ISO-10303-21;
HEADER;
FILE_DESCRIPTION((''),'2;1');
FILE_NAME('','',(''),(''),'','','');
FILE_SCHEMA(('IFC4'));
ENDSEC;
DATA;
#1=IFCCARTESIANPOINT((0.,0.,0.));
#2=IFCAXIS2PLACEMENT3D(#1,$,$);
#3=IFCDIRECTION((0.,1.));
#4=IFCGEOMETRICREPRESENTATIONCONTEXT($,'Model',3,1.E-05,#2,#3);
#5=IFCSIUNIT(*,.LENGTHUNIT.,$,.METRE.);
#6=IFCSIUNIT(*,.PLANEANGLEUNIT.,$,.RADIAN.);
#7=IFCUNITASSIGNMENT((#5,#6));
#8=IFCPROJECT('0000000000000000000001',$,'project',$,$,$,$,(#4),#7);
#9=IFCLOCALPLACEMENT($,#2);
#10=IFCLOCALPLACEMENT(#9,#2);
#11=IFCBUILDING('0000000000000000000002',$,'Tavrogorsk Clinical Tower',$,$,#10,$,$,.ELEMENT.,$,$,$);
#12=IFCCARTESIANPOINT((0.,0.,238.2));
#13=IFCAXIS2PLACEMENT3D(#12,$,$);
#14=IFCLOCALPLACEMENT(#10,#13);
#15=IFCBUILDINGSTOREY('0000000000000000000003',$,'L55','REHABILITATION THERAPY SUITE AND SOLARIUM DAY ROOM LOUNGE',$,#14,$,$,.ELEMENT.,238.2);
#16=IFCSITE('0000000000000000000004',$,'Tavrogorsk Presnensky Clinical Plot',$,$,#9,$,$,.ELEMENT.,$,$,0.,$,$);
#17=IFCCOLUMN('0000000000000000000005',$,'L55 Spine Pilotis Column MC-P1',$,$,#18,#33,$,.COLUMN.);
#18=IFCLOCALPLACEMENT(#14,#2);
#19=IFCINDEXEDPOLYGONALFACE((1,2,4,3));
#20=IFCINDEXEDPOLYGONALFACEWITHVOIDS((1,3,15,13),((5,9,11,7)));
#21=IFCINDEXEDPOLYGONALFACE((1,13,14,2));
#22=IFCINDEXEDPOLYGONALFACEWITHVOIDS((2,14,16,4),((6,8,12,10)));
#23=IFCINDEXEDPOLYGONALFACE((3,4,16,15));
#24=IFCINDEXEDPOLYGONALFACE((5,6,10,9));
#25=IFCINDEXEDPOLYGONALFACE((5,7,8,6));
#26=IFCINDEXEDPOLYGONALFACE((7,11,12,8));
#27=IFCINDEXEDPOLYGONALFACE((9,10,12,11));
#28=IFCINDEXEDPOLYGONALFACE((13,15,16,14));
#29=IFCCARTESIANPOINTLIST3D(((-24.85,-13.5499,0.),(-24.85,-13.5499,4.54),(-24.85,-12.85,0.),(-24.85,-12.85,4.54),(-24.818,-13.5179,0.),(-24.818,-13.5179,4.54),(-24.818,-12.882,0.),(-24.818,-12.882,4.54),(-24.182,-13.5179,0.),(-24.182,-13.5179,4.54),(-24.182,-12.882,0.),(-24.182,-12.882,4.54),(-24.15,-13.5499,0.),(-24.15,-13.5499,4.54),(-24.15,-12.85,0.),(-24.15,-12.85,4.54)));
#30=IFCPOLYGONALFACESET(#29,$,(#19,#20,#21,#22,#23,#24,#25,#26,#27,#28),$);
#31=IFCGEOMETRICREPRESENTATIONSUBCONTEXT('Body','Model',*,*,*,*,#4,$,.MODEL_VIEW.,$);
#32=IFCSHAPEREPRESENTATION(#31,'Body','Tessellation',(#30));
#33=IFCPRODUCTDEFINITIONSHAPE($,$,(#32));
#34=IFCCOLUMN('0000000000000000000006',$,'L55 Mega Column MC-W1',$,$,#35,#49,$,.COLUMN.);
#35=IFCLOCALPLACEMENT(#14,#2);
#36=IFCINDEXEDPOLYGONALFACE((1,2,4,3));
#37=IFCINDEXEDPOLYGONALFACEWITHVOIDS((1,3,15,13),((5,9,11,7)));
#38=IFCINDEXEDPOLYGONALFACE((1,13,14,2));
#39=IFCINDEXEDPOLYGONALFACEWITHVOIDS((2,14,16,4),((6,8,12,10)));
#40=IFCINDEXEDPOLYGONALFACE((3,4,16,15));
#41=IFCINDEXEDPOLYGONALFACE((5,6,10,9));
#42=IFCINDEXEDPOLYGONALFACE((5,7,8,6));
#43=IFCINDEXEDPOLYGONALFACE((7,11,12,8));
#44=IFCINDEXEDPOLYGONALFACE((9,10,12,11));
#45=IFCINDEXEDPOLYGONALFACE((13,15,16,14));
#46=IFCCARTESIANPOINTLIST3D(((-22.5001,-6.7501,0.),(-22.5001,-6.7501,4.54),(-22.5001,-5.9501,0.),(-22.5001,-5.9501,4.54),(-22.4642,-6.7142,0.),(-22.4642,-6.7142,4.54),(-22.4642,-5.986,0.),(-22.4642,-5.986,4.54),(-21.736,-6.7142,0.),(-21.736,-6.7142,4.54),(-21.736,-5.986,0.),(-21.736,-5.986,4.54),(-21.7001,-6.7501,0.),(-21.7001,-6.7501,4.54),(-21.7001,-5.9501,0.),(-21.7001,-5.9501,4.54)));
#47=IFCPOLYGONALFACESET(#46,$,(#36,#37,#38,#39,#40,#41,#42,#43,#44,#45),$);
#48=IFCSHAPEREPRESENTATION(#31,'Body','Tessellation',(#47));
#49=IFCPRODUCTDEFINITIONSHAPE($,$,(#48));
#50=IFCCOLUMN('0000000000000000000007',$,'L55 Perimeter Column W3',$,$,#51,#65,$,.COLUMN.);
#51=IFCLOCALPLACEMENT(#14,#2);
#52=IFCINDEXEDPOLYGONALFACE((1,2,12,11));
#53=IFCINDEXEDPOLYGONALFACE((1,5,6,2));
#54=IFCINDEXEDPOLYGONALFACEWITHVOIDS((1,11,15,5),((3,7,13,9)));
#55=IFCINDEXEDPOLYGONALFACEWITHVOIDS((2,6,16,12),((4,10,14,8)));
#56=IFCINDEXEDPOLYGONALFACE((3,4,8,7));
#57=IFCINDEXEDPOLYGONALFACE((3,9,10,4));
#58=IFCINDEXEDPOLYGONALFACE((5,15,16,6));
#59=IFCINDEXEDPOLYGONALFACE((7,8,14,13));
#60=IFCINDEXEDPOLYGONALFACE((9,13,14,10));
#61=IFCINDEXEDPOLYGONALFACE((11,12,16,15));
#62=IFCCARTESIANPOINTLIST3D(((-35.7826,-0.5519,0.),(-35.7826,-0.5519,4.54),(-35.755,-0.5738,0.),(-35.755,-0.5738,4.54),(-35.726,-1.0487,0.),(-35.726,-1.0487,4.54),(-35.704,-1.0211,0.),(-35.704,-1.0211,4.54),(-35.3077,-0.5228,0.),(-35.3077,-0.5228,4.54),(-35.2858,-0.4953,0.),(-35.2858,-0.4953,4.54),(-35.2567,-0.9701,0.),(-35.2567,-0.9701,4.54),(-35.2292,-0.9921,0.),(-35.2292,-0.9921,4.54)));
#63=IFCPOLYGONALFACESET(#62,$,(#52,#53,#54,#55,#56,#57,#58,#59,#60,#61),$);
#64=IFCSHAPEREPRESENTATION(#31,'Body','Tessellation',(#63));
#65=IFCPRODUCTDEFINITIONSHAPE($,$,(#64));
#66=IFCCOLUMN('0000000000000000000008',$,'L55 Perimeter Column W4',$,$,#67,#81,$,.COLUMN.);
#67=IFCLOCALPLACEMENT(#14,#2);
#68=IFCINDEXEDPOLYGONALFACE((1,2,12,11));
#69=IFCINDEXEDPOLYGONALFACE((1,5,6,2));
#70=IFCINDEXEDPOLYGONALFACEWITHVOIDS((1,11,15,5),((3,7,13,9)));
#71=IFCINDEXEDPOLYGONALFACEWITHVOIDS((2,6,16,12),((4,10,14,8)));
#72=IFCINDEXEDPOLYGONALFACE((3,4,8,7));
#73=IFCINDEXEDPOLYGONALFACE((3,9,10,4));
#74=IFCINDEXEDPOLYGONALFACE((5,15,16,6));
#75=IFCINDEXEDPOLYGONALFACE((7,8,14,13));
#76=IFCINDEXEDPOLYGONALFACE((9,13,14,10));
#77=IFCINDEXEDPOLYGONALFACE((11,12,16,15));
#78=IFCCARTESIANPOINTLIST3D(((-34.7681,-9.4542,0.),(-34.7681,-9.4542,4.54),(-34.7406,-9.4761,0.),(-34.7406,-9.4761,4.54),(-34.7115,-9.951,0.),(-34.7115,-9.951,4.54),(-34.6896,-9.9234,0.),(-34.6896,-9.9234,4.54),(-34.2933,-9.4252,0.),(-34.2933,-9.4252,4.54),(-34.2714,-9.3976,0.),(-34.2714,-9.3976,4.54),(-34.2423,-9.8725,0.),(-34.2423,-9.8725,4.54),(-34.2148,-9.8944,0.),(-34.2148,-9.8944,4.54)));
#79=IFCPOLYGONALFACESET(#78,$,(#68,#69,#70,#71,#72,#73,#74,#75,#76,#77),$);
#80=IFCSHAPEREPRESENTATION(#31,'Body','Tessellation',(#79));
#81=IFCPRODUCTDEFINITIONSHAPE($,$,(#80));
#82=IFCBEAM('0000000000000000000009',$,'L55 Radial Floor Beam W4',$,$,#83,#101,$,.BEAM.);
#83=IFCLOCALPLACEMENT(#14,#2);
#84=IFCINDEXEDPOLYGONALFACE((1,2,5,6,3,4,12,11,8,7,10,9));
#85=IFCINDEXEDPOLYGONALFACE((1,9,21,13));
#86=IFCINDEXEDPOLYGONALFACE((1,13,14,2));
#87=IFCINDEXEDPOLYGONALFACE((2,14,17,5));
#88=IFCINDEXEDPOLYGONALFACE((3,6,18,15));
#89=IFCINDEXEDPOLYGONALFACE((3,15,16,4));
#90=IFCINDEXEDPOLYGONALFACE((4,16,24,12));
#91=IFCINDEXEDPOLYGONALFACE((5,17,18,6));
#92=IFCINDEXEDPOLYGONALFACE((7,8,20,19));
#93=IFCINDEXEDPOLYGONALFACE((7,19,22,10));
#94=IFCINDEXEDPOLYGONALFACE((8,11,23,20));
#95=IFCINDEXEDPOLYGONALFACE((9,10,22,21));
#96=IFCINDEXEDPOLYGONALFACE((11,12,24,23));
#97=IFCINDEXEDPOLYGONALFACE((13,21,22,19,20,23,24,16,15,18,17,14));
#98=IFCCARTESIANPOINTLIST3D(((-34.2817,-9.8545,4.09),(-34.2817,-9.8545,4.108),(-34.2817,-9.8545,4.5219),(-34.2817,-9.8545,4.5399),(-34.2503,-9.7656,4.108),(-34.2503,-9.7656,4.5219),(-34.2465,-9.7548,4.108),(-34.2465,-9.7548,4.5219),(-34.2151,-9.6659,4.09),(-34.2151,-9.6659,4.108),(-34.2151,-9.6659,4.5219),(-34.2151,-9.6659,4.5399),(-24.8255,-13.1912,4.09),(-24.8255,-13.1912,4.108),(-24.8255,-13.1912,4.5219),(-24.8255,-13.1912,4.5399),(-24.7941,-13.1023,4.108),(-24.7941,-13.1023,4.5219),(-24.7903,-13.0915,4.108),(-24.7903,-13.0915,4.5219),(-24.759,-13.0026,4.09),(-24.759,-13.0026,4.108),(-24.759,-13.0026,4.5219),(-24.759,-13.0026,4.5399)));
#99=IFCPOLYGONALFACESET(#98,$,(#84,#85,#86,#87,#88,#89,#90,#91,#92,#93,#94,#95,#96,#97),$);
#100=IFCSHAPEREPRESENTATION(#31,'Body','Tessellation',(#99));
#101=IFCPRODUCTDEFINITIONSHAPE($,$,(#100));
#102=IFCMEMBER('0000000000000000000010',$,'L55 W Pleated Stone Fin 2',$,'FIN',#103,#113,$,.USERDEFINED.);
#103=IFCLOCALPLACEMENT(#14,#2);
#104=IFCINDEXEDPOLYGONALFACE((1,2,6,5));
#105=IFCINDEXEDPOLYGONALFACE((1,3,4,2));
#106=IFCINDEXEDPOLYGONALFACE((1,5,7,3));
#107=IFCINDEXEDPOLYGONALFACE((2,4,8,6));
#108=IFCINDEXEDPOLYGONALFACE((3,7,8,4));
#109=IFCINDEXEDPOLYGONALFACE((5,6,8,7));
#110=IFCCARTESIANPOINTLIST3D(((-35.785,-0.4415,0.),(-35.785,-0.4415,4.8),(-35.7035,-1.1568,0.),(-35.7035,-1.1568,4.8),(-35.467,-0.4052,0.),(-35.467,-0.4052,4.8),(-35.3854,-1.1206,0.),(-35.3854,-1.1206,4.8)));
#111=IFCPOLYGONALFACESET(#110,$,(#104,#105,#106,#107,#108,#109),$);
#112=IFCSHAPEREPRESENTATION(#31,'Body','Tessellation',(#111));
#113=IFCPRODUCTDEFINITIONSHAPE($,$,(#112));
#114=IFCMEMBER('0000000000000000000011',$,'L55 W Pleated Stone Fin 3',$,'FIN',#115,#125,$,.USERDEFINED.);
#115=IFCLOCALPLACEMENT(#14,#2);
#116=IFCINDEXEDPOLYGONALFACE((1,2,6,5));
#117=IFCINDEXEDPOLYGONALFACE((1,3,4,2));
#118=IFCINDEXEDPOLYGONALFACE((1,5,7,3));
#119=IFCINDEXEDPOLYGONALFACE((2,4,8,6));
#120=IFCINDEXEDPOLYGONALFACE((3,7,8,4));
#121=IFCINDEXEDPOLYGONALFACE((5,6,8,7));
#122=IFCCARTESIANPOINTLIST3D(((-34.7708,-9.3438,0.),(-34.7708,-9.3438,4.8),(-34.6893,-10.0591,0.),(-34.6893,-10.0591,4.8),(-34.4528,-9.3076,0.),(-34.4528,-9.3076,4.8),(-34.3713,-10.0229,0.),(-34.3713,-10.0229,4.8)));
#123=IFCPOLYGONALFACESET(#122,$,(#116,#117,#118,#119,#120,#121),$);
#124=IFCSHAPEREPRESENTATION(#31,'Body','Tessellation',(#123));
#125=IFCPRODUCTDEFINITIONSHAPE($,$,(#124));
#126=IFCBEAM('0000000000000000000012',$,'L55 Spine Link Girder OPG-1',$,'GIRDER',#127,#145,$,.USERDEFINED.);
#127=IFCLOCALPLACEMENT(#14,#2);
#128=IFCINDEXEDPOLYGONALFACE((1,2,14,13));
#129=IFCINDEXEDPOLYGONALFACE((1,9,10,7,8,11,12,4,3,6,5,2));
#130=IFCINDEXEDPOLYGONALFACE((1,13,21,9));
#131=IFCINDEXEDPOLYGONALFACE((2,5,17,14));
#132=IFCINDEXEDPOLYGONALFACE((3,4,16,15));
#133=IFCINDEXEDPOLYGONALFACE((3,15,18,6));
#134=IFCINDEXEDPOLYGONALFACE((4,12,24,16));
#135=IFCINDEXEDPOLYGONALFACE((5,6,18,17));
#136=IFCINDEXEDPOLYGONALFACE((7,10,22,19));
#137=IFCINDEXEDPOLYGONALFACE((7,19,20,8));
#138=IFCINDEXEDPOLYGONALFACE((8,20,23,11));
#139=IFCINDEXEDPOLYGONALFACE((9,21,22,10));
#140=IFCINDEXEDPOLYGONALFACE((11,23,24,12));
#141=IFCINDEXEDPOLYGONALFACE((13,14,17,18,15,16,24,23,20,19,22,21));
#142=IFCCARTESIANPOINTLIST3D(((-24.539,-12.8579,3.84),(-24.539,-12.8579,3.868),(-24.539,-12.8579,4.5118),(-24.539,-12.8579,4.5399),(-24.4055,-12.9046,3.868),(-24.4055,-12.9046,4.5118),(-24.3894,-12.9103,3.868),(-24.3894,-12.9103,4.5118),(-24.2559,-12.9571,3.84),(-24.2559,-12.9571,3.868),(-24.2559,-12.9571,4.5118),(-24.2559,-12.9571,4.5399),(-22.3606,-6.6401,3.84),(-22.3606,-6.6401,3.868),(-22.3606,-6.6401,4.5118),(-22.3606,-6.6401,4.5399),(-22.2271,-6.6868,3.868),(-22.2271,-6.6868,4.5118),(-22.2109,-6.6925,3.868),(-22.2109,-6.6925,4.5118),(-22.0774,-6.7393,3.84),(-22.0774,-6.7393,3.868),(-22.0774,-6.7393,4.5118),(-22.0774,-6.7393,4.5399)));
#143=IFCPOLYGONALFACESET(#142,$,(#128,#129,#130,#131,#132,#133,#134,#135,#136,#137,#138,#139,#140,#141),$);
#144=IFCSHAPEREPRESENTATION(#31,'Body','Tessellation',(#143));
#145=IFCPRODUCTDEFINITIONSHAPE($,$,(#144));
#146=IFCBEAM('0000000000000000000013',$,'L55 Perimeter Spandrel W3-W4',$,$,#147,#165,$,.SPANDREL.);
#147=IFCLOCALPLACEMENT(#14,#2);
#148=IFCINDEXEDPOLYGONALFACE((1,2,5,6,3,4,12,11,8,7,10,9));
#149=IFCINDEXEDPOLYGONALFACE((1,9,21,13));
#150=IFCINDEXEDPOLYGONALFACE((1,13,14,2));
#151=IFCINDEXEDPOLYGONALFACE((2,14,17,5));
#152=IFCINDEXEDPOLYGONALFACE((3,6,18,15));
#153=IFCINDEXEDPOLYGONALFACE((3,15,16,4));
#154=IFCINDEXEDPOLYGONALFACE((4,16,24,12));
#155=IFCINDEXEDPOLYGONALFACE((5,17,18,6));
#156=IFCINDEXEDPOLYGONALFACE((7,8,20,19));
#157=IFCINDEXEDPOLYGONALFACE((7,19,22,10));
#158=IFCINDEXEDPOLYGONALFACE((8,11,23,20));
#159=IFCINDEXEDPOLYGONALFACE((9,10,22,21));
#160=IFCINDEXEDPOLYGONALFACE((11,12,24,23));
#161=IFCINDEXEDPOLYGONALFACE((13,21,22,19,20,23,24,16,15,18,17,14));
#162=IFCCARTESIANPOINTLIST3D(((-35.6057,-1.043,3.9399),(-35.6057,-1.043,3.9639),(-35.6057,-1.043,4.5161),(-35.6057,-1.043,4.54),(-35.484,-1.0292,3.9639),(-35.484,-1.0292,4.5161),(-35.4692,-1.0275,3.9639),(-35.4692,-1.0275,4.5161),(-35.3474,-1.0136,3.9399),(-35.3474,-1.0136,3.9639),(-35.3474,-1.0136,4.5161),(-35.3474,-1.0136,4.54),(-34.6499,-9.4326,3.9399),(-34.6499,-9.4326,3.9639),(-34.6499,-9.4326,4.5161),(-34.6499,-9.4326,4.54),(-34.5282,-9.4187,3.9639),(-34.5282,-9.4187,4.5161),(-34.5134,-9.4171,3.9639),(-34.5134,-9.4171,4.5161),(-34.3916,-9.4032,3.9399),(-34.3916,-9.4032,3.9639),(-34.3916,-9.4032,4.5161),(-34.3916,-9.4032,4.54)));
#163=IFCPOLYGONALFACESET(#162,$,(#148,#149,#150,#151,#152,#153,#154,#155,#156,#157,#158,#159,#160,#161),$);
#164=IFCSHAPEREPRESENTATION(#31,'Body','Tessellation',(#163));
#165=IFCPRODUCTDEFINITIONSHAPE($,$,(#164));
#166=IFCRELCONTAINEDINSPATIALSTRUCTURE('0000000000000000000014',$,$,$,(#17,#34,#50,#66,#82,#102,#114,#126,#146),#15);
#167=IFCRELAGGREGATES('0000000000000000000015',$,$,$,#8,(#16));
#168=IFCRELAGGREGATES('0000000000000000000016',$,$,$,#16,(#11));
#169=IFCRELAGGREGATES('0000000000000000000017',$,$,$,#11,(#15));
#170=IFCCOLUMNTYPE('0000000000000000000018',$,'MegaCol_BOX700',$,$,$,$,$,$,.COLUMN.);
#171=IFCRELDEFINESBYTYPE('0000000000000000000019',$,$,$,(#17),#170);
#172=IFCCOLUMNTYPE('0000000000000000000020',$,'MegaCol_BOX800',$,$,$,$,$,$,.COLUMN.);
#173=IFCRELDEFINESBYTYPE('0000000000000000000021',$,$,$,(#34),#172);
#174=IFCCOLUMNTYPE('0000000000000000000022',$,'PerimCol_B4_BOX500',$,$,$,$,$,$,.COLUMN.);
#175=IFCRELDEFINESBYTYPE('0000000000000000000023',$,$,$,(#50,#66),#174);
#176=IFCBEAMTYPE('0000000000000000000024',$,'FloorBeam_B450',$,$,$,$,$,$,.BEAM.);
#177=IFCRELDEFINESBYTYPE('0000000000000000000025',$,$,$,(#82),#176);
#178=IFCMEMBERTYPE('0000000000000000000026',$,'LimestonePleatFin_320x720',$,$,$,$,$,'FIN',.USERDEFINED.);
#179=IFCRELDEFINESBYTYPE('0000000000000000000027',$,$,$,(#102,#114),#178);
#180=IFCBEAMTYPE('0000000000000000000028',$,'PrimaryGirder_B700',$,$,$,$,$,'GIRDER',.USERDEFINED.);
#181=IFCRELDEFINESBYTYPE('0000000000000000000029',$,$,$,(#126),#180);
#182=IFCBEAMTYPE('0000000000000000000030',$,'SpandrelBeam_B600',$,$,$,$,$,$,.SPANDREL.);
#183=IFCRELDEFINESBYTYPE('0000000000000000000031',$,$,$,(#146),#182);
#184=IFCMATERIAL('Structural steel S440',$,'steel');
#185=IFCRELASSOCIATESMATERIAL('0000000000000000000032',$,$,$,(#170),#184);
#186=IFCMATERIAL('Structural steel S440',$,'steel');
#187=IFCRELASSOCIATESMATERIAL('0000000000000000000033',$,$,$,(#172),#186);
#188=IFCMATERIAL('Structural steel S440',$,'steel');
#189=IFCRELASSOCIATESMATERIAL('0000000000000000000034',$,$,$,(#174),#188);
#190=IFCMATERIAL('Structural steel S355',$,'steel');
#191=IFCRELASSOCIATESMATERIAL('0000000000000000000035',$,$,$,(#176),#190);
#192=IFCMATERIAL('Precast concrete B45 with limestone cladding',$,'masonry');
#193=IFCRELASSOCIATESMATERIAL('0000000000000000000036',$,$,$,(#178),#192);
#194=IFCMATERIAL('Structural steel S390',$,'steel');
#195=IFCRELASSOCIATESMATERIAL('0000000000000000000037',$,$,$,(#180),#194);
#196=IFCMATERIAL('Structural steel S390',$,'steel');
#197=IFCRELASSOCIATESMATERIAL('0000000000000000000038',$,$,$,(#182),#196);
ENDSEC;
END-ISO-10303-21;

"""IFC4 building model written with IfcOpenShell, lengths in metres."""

from ifc_helpers import new_model, si_unit, direction, frame, origin, origin_2d, place, context, subcontext, project, spatial, rectangle, hollow_rectangle, i_section, extrude, material, material_profile, profile_set, type_object, element, save


model = new_model("IFC4")

# Units and contexts
model_context = context("Model", 3, precision=1e-05, world=origin(), true_north=direction((0.0, 1.0)))
body_context = subcontext(model_context, "Body", "Model", "MODEL_VIEW")
ifc_project = project(units=[si_unit("LENGTHUNIT", "METRE"), si_unit("PLANEANGLEUNIT", "RADIAN")], contexts=[model_context])

# Site, building, storey
site_placement = place(None, origin())
site = spatial("IfcSite", under=ifc_project, at=site_placement, Name="Tavrogorsk Presnensky Clinical Plot", CompositionType="ELEMENT", RefElevation=0.0)
building_placement = place(site_placement, origin())
building = spatial("IfcBuilding", under=site, at=building_placement, Name="Tavrogorsk Clinical Tower", CompositionType="ELEMENT")
storey_placement = place(building_placement, frame((0.0, 0.0, 238.2)))
storey = spatial("IfcBuildingStorey", under=building, at=storey_placement, Name="L55", Description="REHABILITATION THERAPY SUITE AND SOLARIUM DAY ROOM LOUNGE", CompositionType="ELEMENT", Elevation=238.2)

# Columns
ifc_material_1 = material(Name="Structural steel S440", Category="steel")
ifc_material_profile_1 = material_profile(ifc_material_1, hollow_rectangle(XDim=0.7, YDim=0.7, WallThickness=0.032, at=origin_2d()), Name="BOX-700x700x32")
ifc_profile_set_1 = profile_set([ifc_material_profile_1], Name="Structural steel S440")
column_type_1 = type_object("IfcColumnType", Name="MegaCol_BOX700", PredefinedType="COLUMN", material=ifc_profile_set_1)
column_1_placement = place(storey_placement, frame((-24.5, -13.2, 0.0), z_axis=(0.0, 0.0, 1.0), x_axis=(1.0, 0.0, 0.0)))
element("IfcColumn", 1, at=column_1_placement, inside=storey, type_object=column_type_1, Name="L55 Spine Pilotis Column MC-P1", PredefinedType="COLUMN", context=body_context, shape_type="SweptSolid", body=[
    extrude(hollow_rectangle(XDim=0.7, YDim=0.7, WallThickness=0.032, at=origin_2d()), origin(), (0.0, 0.0, 1.0), 4.54),
])
ifc_material_2 = material(Name="Structural steel S440", Category="steel")
ifc_material_profile_2 = material_profile(ifc_material_2, hollow_rectangle(XDim=0.8, YDim=0.8, WallThickness=0.0359, at=origin_2d()), Name="BOX-800x800x36")
ifc_profile_set_2 = profile_set([ifc_material_profile_2], Name="Structural steel S440")
column_type_2 = type_object("IfcColumnType", Name="MegaCol_BOX800", PredefinedType="COLUMN", material=ifc_profile_set_2)
column_2_placement = place(storey_placement, frame((-22.1001, -6.3501, 0.0), z_axis=(0.0, 0.0, 1.0), x_axis=(1.0, 0.0, 0.0)))
element("IfcColumn", 2, at=column_2_placement, inside=storey, type_object=column_type_2, Name="L55 Mega Column MC-W1", PredefinedType="COLUMN", context=body_context, shape_type="SweptSolid", body=[
    extrude(hollow_rectangle(XDim=0.8, YDim=0.8, WallThickness=0.0359, at=origin_2d()), origin(), (0.0, 0.0, 1.0), 4.54),
])
ifc_material_3 = material(Name="Structural steel S440", Category="steel")
ifc_material_profile_3 = material_profile(ifc_material_3, hollow_rectangle(XDim=0.5, YDim=0.5, WallThickness=0.0249, at=origin_2d()), Name="BOX-500x500x25")
ifc_profile_set_3 = profile_set([ifc_material_profile_3], Name="Structural steel S440")
column_type_3 = type_object("IfcColumnType", Name="PerimCol_B4_BOX500", PredefinedType="COLUMN", material=ifc_profile_set_3)
for number, where, z_axis, x_axis, name in (
    (3, (-35.5059, -0.772, 0.0), (0.0, 0.0, 1.0), (0.993572, 0.113203, 0.0), "L55 Perimeter Column W3"),
    (4, (-34.4915, -9.6743, 0.0), (0.0, 0.0, 1.0), (0.993572, 0.113203, 0.0), "L55 Perimeter Column W4"),
):
    element("IfcColumn", number, at=place(storey_placement, frame(where, z_axis=z_axis, x_axis=x_axis)), inside=storey, type_object=column_type_3, Name=name, PredefinedType="COLUMN", context=body_context, shape_type="SweptSolid", body=[
        extrude(hollow_rectangle(XDim=0.5, YDim=0.5, WallThickness=0.0249, at=origin_2d()), origin(), (0.0, 0.0, 1.0), 4.54),
    ])

# Beam
ifc_material_4 = material(Name="Structural steel S355", Category="steel")
ifc_material_profile_4 = material_profile(ifc_material_4, i_section(OverallWidth=0.2, OverallDepth=0.45, WebThickness=0.0115, FlangeThickness=0.0181, at=origin_2d()), Name="B-450x200x11.5x18")
ifc_profile_set_4 = profile_set([ifc_material_profile_4], Name="Structural steel S355")
beam_type_1 = type_object("IfcBeamType", Name="FloorBeam_B450", PredefinedType="BEAM", material=ifc_profile_set_4)
beam_1_placement = place(storey_placement, frame((-24.7922, -13.0969, 4.3149), z_axis=(-0.943014, 0.332753, 0.0), x_axis=(-0.332753, -0.943014, 0.0)))
element("IfcBeam", 5, at=beam_1_placement, inside=storey, type_object=beam_type_1, Name="L55 Radial Floor Beam W4", PredefinedType="BEAM", context=body_context, shape_type="SweptSolid", body=[
    extrude(i_section(OverallWidth=0.2, OverallDepth=0.45, WebThickness=0.0115, FlangeThickness=0.0181, at=origin_2d()), origin(), (0.0, 0.0, 1.0), 10.0276),
])

# Members
ifc_material_5 = material(Name="Precast concrete B45 with limestone cladding", Category="masonry")
ifc_material_profile_5 = material_profile(ifc_material_5, rectangle(XDim=0.3201, YDim=0.72, at=origin_2d()), Name="LIMESTONE-FIN-320x720")
ifc_profile_set_5 = profile_set([ifc_material_profile_5], Name="Precast concrete B45 with limestone cladding")
member_type = type_object("IfcMemberType", Name="LimestonePleatFin_320x720", ElementType="FIN", PredefinedType="USERDEFINED", material=ifc_profile_set_5)
for number, where, z_axis, x_axis, name in (
    (6, (-35.5852, -0.781, 0.0), (0.0, 0.0, 1.0), (0.993572, 0.113203, 0.0), "L55 W Pleated Stone Fin 2"),
    (7, (-34.571, -9.6833, 0.0), (0.0, 0.0, 1.0), (0.993572, 0.113203, 0.0), "L55 W Pleated Stone Fin 3"),
):
    element("IfcMember", number, at=place(storey_placement, frame(where, z_axis=z_axis, x_axis=x_axis)), inside=storey, type_object=member_type, Name=name, ObjectType="FIN", PredefinedType="USERDEFINED", context=body_context, shape_type="SweptSolid", body=[
        extrude(rectangle(XDim=0.3201, YDim=0.72, at=origin_2d()), origin(), (0.0, 0.0, 1.0), 4.8),
    ])

# Beams
ifc_material_6 = material(Name="Structural steel S390", Category="steel")
ifc_material_profile_6 = material_profile(ifc_material_6, i_section(OverallWidth=0.3, OverallDepth=0.7, WebThickness=0.0171, FlangeThickness=0.0281, at=origin_2d()), Name="B-700x300x17x28")
ifc_profile_set_6 = profile_set([ifc_material_profile_6], Name="Structural steel S390")
beam_type_2 = type_object("IfcBeamType", Name="PrimaryGirder_B700", ElementType="GIRDER", PredefinedType="USERDEFINED", material=ifc_profile_set_6)
beam_2_placement = place(storey_placement, frame((-24.3975, -12.9075, 4.1899), z_axis=(0.330654, 0.943752, 0.0), x_axis=(-0.943752, 0.330654, 0.0)))
element("IfcBeam", 8, at=beam_2_placement, inside=storey, type_object=beam_type_2, Name="L55 Spine Link Girder OPG-1", ObjectType="GIRDER", PredefinedType="USERDEFINED", context=body_context, shape_type="SweptSolid", body=[
    extrude(i_section(OverallWidth=0.3, OverallDepth=0.7, WebThickness=0.0171, FlangeThickness=0.0281, at=origin_2d()), origin(), (0.0, 0.0, 1.0), 6.5884),
])
ifc_material_7 = material(Name="Structural steel S390", Category="steel")
ifc_material_profile_7 = material_profile(ifc_material_7, i_section(OverallWidth=0.26, OverallDepth=0.6001, WebThickness=0.0149, FlangeThickness=0.0239, at=origin_2d()), Name="B-600x260x15x24")
ifc_profile_set_7 = profile_set([ifc_material_profile_7], Name="Structural steel S390")
beam_type_3 = type_object("IfcBeamType", Name="SpandrelBeam_B600", PredefinedType="SPANDREL", material=ifc_profile_set_7)
for number, where, z_axis, x_axis, name in (
    (9, (-35.4766, -1.0283, 4.24), (0.113195, -0.993573, 0.0), (0.993573, 0.113195, 0.0), "L55 Perimeter Spandrel W3-W4"),
):
    element("IfcBeam", number, at=place(storey_placement, frame(where, z_axis=z_axis, x_axis=x_axis)), inside=storey, type_object=beam_type_3, Name=name, PredefinedType="SPANDREL", context=body_context, shape_type="SweptSolid", body=[
        extrude(i_section(OverallWidth=0.26, OverallDepth=0.6001, WebThickness=0.0149, FlangeThickness=0.0239, at=origin_2d()), origin(), (0.0, 0.0, 1.0), 8.4438),
    ])

save(model, "model.ifc")
